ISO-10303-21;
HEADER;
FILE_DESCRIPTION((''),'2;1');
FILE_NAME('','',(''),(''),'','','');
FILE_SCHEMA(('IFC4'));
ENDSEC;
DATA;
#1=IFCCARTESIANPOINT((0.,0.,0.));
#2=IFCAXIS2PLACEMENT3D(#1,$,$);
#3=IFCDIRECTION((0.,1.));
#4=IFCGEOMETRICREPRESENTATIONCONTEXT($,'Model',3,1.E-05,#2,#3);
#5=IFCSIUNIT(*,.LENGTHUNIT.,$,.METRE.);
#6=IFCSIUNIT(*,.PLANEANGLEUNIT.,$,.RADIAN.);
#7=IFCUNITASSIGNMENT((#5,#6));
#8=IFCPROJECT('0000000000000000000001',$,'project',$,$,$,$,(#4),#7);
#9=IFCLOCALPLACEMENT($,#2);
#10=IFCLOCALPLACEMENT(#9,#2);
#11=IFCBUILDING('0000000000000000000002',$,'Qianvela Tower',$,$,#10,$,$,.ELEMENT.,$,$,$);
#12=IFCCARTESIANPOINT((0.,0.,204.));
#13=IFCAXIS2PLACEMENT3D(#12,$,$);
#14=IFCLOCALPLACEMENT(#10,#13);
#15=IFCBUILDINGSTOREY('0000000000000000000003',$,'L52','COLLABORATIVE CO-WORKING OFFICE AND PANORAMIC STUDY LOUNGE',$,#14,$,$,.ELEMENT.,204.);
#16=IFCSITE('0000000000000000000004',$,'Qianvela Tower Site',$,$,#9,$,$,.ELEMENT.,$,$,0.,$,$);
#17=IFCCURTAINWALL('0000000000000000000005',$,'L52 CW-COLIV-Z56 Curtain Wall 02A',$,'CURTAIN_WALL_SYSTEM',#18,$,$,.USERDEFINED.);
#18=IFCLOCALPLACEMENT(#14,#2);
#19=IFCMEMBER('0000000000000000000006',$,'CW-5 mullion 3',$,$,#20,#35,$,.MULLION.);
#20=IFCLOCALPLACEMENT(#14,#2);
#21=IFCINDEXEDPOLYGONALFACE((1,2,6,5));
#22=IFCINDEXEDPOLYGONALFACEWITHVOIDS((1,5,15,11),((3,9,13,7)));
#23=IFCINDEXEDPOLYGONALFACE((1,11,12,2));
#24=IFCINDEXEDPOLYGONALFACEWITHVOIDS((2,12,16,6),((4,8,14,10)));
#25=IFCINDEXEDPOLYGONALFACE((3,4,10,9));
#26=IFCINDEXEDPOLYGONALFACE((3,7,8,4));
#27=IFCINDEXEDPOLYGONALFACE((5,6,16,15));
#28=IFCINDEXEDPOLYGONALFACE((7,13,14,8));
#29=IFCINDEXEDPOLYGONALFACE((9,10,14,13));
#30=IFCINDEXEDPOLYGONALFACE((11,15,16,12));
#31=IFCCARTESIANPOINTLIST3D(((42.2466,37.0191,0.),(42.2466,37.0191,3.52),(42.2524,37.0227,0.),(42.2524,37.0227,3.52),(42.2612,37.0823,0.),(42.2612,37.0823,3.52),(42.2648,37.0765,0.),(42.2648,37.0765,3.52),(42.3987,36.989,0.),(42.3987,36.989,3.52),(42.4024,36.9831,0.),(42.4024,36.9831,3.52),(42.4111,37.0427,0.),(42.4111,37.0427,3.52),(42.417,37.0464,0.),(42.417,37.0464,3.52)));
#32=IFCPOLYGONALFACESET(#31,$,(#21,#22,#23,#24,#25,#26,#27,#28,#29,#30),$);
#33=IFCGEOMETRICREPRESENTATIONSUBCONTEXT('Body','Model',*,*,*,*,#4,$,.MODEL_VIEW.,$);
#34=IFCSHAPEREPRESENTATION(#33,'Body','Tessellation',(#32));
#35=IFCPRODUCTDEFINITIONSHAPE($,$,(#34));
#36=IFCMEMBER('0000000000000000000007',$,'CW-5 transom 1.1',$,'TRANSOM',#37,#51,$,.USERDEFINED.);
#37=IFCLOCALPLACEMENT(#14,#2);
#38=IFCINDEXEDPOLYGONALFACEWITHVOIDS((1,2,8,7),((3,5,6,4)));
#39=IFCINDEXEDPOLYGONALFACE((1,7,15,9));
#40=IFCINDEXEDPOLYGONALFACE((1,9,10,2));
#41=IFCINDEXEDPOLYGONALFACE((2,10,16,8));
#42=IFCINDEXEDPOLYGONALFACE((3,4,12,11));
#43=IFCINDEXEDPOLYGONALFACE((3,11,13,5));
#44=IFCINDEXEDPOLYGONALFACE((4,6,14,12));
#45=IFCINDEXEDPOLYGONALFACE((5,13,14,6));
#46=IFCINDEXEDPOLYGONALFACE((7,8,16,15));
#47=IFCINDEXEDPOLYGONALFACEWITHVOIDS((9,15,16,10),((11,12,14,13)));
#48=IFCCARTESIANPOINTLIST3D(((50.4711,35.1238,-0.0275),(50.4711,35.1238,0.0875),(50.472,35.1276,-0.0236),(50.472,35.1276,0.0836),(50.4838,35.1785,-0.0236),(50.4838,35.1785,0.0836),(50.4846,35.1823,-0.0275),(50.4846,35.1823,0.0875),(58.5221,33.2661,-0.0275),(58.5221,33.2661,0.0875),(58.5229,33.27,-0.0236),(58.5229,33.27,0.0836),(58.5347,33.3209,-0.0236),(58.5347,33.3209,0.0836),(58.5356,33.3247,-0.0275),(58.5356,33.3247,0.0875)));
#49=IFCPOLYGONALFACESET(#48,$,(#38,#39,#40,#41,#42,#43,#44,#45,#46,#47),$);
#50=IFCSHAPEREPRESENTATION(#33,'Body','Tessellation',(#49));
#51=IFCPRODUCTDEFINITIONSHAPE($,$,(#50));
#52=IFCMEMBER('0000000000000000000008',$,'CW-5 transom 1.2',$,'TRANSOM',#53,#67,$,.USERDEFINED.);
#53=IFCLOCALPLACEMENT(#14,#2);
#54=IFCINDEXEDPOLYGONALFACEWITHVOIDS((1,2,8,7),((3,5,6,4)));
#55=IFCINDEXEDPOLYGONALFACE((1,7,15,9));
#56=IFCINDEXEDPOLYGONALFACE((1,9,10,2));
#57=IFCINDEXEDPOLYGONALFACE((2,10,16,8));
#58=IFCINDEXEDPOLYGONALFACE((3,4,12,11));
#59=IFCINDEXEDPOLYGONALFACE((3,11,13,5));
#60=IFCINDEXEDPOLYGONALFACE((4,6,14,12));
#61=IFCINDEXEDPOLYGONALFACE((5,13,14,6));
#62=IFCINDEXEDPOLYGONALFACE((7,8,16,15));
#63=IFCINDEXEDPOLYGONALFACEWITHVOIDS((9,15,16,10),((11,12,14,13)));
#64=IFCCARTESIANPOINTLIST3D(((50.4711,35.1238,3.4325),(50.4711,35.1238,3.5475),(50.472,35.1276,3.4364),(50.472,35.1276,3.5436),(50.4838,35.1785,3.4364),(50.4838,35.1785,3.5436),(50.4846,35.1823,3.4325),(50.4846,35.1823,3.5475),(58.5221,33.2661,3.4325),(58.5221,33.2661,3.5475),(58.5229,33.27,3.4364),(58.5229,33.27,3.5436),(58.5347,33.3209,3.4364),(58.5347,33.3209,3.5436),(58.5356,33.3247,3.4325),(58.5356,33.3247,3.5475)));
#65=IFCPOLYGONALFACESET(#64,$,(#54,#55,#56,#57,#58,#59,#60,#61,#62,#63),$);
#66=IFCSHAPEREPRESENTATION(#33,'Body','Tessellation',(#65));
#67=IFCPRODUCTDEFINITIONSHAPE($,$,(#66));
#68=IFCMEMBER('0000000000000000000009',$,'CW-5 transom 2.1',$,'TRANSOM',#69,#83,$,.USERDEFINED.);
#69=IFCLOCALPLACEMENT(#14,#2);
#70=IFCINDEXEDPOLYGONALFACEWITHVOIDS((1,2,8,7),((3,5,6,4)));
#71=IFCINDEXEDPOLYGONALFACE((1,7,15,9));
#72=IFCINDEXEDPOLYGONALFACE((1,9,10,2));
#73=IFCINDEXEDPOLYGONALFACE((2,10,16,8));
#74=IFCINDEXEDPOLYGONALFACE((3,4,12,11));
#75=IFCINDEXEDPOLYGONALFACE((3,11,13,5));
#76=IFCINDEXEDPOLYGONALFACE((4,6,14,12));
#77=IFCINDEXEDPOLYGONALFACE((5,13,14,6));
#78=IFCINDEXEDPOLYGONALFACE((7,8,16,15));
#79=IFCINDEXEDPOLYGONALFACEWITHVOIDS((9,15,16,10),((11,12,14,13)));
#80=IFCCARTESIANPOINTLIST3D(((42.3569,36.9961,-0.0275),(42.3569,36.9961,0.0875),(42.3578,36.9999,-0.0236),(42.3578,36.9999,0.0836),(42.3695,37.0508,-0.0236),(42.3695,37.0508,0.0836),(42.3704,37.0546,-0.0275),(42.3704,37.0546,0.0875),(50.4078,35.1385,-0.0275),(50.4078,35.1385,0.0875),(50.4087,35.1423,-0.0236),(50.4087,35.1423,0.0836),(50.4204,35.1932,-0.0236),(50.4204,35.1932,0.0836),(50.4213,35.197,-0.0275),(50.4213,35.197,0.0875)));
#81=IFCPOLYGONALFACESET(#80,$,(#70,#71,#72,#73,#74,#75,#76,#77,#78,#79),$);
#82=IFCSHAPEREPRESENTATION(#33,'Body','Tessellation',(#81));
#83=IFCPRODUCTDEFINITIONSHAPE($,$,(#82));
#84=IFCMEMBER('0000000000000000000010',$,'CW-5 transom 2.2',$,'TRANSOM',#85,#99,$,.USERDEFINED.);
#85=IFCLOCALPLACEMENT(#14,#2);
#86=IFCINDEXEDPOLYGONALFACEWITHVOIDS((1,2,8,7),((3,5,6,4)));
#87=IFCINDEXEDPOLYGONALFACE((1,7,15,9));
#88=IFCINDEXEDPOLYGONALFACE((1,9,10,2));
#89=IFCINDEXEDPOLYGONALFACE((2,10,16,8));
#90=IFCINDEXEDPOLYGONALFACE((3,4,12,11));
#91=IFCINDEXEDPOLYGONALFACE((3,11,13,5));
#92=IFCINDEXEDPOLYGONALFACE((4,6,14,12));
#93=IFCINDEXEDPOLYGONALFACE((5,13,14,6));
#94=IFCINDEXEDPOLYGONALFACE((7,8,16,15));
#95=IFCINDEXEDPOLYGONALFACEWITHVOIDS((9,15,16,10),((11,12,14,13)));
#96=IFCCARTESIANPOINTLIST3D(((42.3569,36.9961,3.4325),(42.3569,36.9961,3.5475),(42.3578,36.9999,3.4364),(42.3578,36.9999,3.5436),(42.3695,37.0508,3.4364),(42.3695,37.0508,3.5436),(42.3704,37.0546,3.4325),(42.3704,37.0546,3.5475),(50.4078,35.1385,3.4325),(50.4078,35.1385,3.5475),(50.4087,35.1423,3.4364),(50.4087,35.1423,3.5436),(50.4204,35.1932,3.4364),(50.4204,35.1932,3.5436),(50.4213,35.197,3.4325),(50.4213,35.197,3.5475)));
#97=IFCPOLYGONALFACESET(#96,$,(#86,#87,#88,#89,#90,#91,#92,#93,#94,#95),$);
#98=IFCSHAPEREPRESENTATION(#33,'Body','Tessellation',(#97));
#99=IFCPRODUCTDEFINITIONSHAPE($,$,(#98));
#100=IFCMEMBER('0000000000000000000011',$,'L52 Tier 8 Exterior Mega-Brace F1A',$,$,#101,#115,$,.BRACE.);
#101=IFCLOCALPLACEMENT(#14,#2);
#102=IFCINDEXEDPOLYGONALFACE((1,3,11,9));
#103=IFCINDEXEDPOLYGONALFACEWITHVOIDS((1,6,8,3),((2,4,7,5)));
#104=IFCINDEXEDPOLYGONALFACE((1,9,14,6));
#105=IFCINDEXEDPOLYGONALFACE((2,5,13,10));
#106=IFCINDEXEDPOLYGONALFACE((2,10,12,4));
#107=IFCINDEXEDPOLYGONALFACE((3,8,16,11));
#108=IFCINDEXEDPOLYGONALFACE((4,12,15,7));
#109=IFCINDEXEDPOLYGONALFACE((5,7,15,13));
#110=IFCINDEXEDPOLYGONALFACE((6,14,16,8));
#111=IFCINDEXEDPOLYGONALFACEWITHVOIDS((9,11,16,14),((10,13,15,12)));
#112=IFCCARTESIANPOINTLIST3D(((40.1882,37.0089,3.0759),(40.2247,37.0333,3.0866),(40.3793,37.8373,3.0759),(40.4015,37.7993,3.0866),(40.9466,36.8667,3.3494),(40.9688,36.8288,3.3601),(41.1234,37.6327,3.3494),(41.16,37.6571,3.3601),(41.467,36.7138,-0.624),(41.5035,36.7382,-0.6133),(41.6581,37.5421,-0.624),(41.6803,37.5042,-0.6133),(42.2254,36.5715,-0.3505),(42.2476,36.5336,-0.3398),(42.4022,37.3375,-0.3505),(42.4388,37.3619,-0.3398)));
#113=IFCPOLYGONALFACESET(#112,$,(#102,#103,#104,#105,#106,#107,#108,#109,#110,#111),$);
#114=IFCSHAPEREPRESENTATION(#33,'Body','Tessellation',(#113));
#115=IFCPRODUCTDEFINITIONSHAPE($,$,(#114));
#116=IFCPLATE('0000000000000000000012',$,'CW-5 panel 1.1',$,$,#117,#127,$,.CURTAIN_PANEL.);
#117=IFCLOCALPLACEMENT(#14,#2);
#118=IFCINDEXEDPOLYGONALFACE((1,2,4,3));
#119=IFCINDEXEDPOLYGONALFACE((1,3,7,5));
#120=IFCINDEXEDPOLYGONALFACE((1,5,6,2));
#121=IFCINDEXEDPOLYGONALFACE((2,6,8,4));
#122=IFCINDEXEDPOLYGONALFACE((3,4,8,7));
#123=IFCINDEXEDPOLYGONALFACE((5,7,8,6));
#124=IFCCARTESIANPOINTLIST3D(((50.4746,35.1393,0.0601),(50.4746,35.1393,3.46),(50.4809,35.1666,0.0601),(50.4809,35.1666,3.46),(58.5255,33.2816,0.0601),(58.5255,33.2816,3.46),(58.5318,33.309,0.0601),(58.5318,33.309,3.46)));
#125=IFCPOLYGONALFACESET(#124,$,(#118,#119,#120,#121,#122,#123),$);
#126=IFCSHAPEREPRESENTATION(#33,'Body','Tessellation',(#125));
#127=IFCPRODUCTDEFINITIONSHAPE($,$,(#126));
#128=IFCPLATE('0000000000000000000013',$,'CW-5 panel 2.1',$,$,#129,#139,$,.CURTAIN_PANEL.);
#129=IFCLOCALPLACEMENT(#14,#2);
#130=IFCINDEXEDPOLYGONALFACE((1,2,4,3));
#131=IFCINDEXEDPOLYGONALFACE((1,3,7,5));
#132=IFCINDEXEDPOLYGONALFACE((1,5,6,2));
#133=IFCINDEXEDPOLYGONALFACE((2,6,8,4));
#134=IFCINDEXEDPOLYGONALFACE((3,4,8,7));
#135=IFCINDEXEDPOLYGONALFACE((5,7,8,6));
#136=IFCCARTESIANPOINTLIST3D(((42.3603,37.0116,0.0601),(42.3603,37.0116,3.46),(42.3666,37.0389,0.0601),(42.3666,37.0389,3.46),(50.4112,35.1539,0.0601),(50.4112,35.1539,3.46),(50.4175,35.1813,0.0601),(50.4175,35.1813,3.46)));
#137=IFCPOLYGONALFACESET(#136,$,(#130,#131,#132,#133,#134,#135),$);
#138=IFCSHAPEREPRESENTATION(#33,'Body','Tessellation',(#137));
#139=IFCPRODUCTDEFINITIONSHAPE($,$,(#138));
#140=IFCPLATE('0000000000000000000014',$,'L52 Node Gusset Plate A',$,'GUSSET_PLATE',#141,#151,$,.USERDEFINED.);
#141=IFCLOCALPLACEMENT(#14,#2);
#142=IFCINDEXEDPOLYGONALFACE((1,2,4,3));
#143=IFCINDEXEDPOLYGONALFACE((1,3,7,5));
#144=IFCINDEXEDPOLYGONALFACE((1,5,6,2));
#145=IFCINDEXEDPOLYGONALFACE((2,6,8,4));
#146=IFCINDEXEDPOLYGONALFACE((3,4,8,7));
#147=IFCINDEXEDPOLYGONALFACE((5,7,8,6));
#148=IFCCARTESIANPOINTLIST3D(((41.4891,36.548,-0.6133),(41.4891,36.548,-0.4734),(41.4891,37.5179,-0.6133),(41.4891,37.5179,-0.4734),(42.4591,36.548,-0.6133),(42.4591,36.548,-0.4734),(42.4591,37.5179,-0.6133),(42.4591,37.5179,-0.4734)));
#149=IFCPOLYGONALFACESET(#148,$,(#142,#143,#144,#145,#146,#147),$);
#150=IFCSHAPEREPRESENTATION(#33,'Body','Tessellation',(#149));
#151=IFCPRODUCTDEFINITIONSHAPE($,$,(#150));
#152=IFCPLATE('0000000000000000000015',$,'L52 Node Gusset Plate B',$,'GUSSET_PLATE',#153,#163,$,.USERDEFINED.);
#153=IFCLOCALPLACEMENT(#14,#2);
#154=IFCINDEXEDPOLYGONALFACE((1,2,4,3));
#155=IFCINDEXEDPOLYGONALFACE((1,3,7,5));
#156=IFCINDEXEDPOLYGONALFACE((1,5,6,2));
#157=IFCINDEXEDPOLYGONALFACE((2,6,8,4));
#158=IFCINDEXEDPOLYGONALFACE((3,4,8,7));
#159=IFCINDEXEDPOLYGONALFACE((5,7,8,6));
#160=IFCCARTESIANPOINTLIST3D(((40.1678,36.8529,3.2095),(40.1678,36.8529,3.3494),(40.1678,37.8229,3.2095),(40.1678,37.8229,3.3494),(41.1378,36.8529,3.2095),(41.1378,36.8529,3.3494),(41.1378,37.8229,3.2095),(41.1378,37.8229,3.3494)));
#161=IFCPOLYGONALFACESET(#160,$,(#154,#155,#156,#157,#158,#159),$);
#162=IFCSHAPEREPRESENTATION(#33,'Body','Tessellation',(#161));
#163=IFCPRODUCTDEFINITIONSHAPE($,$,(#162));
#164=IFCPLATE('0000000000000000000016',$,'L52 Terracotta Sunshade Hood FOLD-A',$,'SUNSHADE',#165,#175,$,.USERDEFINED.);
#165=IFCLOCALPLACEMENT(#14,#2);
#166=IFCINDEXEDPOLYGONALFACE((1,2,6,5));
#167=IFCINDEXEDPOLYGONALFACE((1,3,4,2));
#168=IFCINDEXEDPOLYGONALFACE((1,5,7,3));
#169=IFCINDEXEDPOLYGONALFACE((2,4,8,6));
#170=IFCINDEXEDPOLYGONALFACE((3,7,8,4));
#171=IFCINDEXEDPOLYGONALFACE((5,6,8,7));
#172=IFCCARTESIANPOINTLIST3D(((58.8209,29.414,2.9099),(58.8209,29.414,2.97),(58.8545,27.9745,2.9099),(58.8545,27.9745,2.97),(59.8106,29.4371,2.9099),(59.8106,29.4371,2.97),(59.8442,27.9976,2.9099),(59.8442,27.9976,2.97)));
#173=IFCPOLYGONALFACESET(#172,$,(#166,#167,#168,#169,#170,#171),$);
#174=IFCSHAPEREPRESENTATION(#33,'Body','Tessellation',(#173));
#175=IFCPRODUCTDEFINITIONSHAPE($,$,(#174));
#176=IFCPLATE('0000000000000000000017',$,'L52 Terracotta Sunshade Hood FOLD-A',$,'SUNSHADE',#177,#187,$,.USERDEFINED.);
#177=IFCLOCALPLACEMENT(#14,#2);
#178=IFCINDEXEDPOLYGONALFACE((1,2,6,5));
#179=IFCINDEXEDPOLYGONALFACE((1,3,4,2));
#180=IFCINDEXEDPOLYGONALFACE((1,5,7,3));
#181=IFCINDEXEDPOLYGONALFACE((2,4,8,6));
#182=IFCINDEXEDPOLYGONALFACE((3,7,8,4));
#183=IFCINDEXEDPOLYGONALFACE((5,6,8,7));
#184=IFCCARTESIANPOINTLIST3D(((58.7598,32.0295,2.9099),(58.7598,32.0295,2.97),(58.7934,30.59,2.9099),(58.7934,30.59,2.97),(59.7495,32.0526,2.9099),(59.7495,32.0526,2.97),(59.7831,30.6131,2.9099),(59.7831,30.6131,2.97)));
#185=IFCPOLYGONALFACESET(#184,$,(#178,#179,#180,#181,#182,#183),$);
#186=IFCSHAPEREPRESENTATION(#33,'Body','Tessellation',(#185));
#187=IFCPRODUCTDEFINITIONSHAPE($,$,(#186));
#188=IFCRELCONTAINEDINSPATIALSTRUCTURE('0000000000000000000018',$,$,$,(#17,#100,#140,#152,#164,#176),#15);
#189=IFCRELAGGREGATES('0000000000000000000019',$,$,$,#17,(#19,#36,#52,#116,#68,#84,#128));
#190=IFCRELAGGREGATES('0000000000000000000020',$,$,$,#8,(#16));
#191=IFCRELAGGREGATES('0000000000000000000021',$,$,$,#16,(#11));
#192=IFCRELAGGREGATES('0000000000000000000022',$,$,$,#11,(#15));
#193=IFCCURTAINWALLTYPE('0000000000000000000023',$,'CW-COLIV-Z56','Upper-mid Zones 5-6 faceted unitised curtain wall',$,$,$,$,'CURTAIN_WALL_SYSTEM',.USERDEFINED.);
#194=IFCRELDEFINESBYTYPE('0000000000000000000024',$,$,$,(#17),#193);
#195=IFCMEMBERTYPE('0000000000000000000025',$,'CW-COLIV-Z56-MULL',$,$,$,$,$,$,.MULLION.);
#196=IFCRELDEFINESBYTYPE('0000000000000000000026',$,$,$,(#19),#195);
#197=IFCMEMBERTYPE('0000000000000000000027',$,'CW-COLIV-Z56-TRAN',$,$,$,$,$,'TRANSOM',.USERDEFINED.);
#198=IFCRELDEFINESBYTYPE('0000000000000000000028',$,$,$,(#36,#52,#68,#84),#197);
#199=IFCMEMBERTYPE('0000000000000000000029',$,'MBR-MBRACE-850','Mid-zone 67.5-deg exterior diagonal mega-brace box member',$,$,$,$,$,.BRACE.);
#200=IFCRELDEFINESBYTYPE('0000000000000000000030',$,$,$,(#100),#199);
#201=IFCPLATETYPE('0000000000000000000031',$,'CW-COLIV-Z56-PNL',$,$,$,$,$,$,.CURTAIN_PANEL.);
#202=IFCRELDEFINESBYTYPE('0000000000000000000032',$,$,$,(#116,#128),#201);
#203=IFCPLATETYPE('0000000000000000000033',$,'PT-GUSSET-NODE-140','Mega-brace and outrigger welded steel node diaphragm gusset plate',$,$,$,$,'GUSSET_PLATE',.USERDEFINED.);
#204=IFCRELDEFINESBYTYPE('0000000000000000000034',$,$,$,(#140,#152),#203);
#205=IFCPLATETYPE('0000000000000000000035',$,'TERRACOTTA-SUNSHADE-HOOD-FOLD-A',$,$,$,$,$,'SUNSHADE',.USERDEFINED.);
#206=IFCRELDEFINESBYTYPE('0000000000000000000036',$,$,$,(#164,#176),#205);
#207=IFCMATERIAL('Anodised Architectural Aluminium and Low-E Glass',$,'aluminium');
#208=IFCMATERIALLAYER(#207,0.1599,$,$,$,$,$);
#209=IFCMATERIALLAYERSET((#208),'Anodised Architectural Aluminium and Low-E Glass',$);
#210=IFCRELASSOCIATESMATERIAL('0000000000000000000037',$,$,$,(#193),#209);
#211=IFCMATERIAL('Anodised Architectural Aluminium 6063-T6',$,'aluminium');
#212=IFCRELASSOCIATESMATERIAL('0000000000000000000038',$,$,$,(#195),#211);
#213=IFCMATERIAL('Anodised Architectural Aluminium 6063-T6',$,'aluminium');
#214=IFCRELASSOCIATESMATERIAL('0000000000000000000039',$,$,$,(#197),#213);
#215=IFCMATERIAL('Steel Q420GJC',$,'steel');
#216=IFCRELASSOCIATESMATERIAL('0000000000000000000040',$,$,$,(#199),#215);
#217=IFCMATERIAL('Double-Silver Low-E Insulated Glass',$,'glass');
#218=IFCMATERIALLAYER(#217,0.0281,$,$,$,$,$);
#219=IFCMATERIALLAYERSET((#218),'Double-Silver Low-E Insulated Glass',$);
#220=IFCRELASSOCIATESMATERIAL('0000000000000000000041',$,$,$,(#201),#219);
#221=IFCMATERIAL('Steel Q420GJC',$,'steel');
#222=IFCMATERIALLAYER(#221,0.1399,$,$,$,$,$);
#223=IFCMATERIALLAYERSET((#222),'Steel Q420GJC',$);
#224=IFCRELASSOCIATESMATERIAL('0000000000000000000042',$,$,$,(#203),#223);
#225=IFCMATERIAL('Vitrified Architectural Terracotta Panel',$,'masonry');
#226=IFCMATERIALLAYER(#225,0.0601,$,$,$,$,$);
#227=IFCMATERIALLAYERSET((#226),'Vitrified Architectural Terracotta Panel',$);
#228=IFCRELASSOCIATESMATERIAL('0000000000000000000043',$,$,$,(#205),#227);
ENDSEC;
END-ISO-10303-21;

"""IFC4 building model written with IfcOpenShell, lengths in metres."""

from ifc_helpers import new_model, si_unit, direction, frame, origin, origin_2d, place, context, subcontext, project, spatial, rectangle, hollow_rectangle, extrude, material, layer, layer_set, material_profile, profile_set, type_object, element, aggregate, save


model = new_model("IFC4")

# Units and contexts
model_context = context("Model", 3, precision=1e-05, world=origin(), true_north=direction((0.0, 1.0)))
body_context = subcontext(model_context, "Body", "Model", "MODEL_VIEW")
ifc_project = project(units=[si_unit("LENGTHUNIT", "METRE"), si_unit("PLANEANGLEUNIT", "RADIAN")], contexts=[model_context])

# Site, building, storey
site_placement = place(None, origin())
site = spatial("IfcSite", under=ifc_project, at=site_placement, Name="Qianvela Tower Site", CompositionType="ELEMENT", RefElevation=0.0)
building_placement = place(site_placement, origin())
building = spatial("IfcBuilding", under=site, at=building_placement, Name="Qianvela Tower", CompositionType="ELEMENT")
storey_placement = place(building_placement, frame((0.0, 0.0, 204.0)))
storey = spatial("IfcBuildingStorey", under=building, at=storey_placement, Name="L52", Description="COLLABORATIVE CO-WORKING OFFICE AND PANORAMIC STUDY LOUNGE", CompositionType="ELEMENT", Elevation=204.0)

# Curtain wall, members
ifc_material_1 = material(Name="Anodised Architectural Aluminium and Low-E Glass", Category="aluminium")
ifc_layer_1 = layer(ifc_material_1, 0.1599)
ifc_layer_set_1 = layer_set([ifc_layer_1], Name="Anodised Architectural Aluminium and Low-E Glass")
curtain_wall_type_1 = type_object("IfcCurtainWallType", Name="CW-COLIV-Z56", Description="Upper-mid Zones 5-6 faceted unitised curtain wall", ElementType="CURTAIN_WALL_SYSTEM", PredefinedType="USERDEFINED", material=ifc_layer_set_1)
curtain_wall_1_placement = place(storey_placement, origin())
curtain_wall_1 = element("IfcCurtainWall", 1, at=curtain_wall_1_placement, inside=storey, type_object=curtain_wall_type_1, Name="L52 CW-COLIV-Z56 Curtain Wall 02A", ObjectType="CURTAIN_WALL_SYSTEM", PredefinedType="USERDEFINED")
ifc_material_2 = material(Name="Anodised Architectural Aluminium 6063-T6", Category="aluminium")
ifc_material_profile_1 = material_profile(ifc_material_2, hollow_rectangle(XDim=0.0649, YDim=0.1599, WallThickness=0.0049, at=origin_2d()), Name="ALU-MULL-65x160")
ifc_profile_set_1 = profile_set([ifc_material_profile_1], Name="Anodised Architectural Aluminium 6063-T6")
member_type_1 = type_object("IfcMemberType", Name="CW-COLIV-Z56-MULL", PredefinedType="MULLION", material=ifc_profile_set_1)
member_1_placement = place(storey_placement, frame((42.3318, 37.0327, 0.0), z_axis=(0.0, 0.0, 1.0), x_axis=(-0.224832, -0.974398, 0.0)))
member_1 = element("IfcMember", 2, at=member_1_placement, type_object=member_type_1, Name="CW-5 mullion 3", PredefinedType="MULLION", context=body_context, shape_type="SweptSolid", body=[
    extrude(hollow_rectangle(XDim=0.0649, YDim=0.1599, WallThickness=0.0049, at=origin_2d()), origin(), (0.0, 0.0, 1.0), 3.52),
])
ifc_material_3 = material(Name="Anodised Architectural Aluminium 6063-T6", Category="aluminium")
ifc_material_profile_2 = material_profile(ifc_material_3, hollow_rectangle(XDim=0.0601, YDim=0.115, WallThickness=0.0039, at=origin_2d()), Name="ALU-TRAN-60x115")
ifc_profile_set_2 = profile_set([ifc_material_profile_2], Name="Anodised Architectural Aluminium 6063-T6")
member_type_2 = type_object("IfcMemberType", Name="CW-COLIV-Z56-TRAN", ElementType="TRANSOM", PredefinedType="USERDEFINED", material=ifc_profile_set_2)
member_2_placement = place(storey_placement, frame((58.5288, 33.2954, 0.03), z_axis=(-0.974398, 0.224829, 0.0), x_axis=(-0.224829, -0.974398, 0.0)))
member_2 = element("IfcMember", 3, at=member_2_placement, type_object=member_type_2, Name="CW-5 transom 1.1", ObjectType="TRANSOM", PredefinedType="USERDEFINED", context=body_context, shape_type="SweptSolid", body=[
    extrude(hollow_rectangle(XDim=0.0601, YDim=0.115, WallThickness=0.0039, at=origin_2d()), origin(), (0.0, 0.0, 1.0), 8.2625),
])
member_3_placement = place(storey_placement, frame((58.5288, 33.2954, 3.49), z_axis=(-0.974398, 0.224829, 0.0), x_axis=(-0.224829, -0.974398, 0.0)))
member_3 = element("IfcMember", 4, at=member_3_placement, type_object=member_type_2, Name="CW-5 transom 1.2", ObjectType="TRANSOM", PredefinedType="USERDEFINED", context=body_context, shape_type="SweptSolid", body=[
    extrude(hollow_rectangle(XDim=0.0601, YDim=0.115, WallThickness=0.0039, at=origin_2d()), origin(), (0.0, 0.0, 1.0), 8.2625),
])
member_4_placement = place(storey_placement, frame((50.4146, 35.1677, 0.03), z_axis=(-0.974398, 0.224829, 0.0), x_axis=(-0.224829, -0.974398, 0.0)))
member_4 = element("IfcMember", 5, at=member_4_placement, type_object=member_type_2, Name="CW-5 transom 2.1", ObjectType="TRANSOM", PredefinedType="USERDEFINED", context=body_context, shape_type="SweptSolid", body=[
    extrude(hollow_rectangle(XDim=0.0601, YDim=0.115, WallThickness=0.0039, at=origin_2d()), origin(), (0.0, 0.0, 1.0), 8.2625),
])
member_5_placement = place(storey_placement, frame((50.4146, 35.1677, 3.49), z_axis=(-0.974398, 0.224829, 0.0), x_axis=(-0.224829, -0.974398, 0.0)))
member_5 = element("IfcMember", 6, at=member_5_placement, type_object=member_type_2, Name="CW-5 transom 2.2", ObjectType="TRANSOM", PredefinedType="USERDEFINED", context=body_context, shape_type="SweptSolid", body=[
    extrude(hollow_rectangle(XDim=0.0601, YDim=0.115, WallThickness=0.0039, at=origin_2d()), origin(), (0.0, 0.0, 1.0), 8.2625),
])

# Member
ifc_material_4 = material(Name="Steel Q420GJC", Category="steel")
ifc_material_profile_3 = material_profile(ifc_material_4, hollow_rectangle(XDim=0.8501, YDim=0.8501, WallThickness=0.032, at=origin_2d()), Name="MBOX-850x850x32")
ifc_profile_set_3 = profile_set([ifc_material_profile_3], Name="Steel Q420GJC")
member_type_3 = type_object("IfcMemberType", Name="MBR-MBRACE-850", Description="Mid-zone 67.5-deg exterior diagonal mega-brace box member", PredefinedType="BRACE", material=ifc_profile_set_3)
member_6_placement = place(storey_placement, frame((41.9529, 37.0378, -0.4819), z_axis=(-0.325743, 0.075186, 0.942464), x_axis=(-0.2249, -0.974382, 0.0)))
element("IfcMember", 7, at=member_6_placement, inside=storey, type_object=member_type_3, Name="L52 Tier 8 Exterior Mega-Brace F1A", PredefinedType="BRACE", context=body_context, shape_type="SweptSolid", body=[
    extrude(hollow_rectangle(XDim=0.8501, YDim=0.8501, WallThickness=0.032, at=origin_2d()), origin(), (0.0, 0.0, 1.0), 3.9258),
])

# Plates
ifc_material_5 = material(Name="Double-Silver Low-E Insulated Glass", Category="glass")
ifc_layer_2 = layer(ifc_material_5, 0.0281)
ifc_layer_set_2 = layer_set([ifc_layer_2], Name="Double-Silver Low-E Insulated Glass")
plate_type_1 = type_object("IfcPlateType", Name="CW-COLIV-Z56-PNL", PredefinedType="CURTAIN_PANEL", material=ifc_layer_set_2)
plate_1_placement = place(storey_placement, frame((54.5032, 34.2241, 0.0601), z_axis=(0.0, 0.0, 1.0), x_axis=(-0.974398, 0.224832, 0.0)))
plate_1 = element("IfcPlate", 8, at=plate_1_placement, type_object=plate_type_1, Name="CW-5 panel 1.1", PredefinedType="CURTAIN_PANEL", context=body_context, shape_type="SweptSolid", body=[
    extrude(rectangle(XDim=8.2625, YDim=0.0281, at=origin_2d()), origin(), (0.0, 0.0, 1.0), 3.3999),
])
plate_2_placement = place(storey_placement, frame((46.3889, 36.0964, 0.0601), z_axis=(0.0, 0.0, 1.0), x_axis=(-0.974398, 0.224832, 0.0)))
plate_2 = element("IfcPlate", 9, at=plate_2_placement, type_object=plate_type_1, Name="CW-5 panel 2.1", PredefinedType="CURTAIN_PANEL", context=body_context, shape_type="SweptSolid", body=[
    extrude(rectangle(XDim=8.2625, YDim=0.0281, at=origin_2d()), origin(), (0.0, 0.0, 1.0), 3.3999),
])
aggregate(curtain_wall_1, [member_1, member_2, member_3, plate_1, member_4, member_5, plate_2])

# Plates
ifc_material_6 = material(Name="Steel Q420GJC", Category="steel")
ifc_layer_3 = layer(ifc_material_6, 0.1399)
ifc_layer_set_3 = layer_set([ifc_layer_3], Name="Steel Q420GJC")
plate_type_2 = type_object("IfcPlateType", Name="PT-GUSSET-NODE-140", Description="Mega-brace and outrigger welded steel node diaphragm gusset plate", ElementType="GUSSET_PLATE", PredefinedType="USERDEFINED", material=ifc_layer_set_3)
for number, where, z_axis, x_axis, name in (
    (10, (41.9741, 37.033, -0.6133), (0.0, 0.0, 1.0), (1.0, 0.0, 0.0), "L52 Node Gusset Plate A"),
    (11, (40.6528, 37.3379, 3.2095), (0.0, 0.0, 1.0), (1.0, 0.0, 0.0), "L52 Node Gusset Plate B"),
):
    element("IfcPlate", number, at=place(storey_placement, frame(where, z_axis=z_axis, x_axis=x_axis)), inside=storey, type_object=plate_type_2, Name=name, ObjectType="GUSSET_PLATE", PredefinedType="USERDEFINED", context=body_context, shape_type="SweptSolid", body=[
        extrude(rectangle(XDim=0.97, YDim=0.97, at=origin_2d()), origin(), (0.0, 0.0, 1.0), 0.1399),
    ])
ifc_material_7 = material(Name="Vitrified Architectural Terracotta Panel", Category="masonry")
ifc_layer_4 = layer(ifc_material_7, 0.0601)
ifc_layer_set_4 = layer_set([ifc_layer_4], Name="Vitrified Architectural Terracotta Panel")
plate_type_3 = type_object("IfcPlateType", Name="TERRACOTTA-SUNSHADE-HOOD-FOLD-A", ElementType="SUNSHADE", PredefinedType="USERDEFINED", material=ifc_layer_set_4)
for number, where, z_axis, x_axis, name in (
    (12, (59.3325, 28.7058, 2.9099), (0.0, 0.0, 1.0), (-0.023329, 0.999728, 0.0), "L52 Terracotta Sunshade Hood FOLD-A"),
    (13, (59.2715, 31.3213, 2.9099), (0.0, 0.0, 1.0), (-0.023329, 0.999728, 0.0), "L52 Terracotta Sunshade Hood FOLD-A"),
):
    element("IfcPlate", number, at=place(storey_placement, frame(where, z_axis=z_axis, x_axis=x_axis)), inside=storey, type_object=plate_type_3, Name=name, ObjectType="SUNSHADE", PredefinedType="USERDEFINED", context=body_context, shape_type="SweptSolid", body=[
        extrude(rectangle(XDim=1.4399, YDim=0.99, at=origin_2d()), origin(), (0.0, 0.0, 1.0), 0.0601),
    ])

save(model, "model.ifc")
